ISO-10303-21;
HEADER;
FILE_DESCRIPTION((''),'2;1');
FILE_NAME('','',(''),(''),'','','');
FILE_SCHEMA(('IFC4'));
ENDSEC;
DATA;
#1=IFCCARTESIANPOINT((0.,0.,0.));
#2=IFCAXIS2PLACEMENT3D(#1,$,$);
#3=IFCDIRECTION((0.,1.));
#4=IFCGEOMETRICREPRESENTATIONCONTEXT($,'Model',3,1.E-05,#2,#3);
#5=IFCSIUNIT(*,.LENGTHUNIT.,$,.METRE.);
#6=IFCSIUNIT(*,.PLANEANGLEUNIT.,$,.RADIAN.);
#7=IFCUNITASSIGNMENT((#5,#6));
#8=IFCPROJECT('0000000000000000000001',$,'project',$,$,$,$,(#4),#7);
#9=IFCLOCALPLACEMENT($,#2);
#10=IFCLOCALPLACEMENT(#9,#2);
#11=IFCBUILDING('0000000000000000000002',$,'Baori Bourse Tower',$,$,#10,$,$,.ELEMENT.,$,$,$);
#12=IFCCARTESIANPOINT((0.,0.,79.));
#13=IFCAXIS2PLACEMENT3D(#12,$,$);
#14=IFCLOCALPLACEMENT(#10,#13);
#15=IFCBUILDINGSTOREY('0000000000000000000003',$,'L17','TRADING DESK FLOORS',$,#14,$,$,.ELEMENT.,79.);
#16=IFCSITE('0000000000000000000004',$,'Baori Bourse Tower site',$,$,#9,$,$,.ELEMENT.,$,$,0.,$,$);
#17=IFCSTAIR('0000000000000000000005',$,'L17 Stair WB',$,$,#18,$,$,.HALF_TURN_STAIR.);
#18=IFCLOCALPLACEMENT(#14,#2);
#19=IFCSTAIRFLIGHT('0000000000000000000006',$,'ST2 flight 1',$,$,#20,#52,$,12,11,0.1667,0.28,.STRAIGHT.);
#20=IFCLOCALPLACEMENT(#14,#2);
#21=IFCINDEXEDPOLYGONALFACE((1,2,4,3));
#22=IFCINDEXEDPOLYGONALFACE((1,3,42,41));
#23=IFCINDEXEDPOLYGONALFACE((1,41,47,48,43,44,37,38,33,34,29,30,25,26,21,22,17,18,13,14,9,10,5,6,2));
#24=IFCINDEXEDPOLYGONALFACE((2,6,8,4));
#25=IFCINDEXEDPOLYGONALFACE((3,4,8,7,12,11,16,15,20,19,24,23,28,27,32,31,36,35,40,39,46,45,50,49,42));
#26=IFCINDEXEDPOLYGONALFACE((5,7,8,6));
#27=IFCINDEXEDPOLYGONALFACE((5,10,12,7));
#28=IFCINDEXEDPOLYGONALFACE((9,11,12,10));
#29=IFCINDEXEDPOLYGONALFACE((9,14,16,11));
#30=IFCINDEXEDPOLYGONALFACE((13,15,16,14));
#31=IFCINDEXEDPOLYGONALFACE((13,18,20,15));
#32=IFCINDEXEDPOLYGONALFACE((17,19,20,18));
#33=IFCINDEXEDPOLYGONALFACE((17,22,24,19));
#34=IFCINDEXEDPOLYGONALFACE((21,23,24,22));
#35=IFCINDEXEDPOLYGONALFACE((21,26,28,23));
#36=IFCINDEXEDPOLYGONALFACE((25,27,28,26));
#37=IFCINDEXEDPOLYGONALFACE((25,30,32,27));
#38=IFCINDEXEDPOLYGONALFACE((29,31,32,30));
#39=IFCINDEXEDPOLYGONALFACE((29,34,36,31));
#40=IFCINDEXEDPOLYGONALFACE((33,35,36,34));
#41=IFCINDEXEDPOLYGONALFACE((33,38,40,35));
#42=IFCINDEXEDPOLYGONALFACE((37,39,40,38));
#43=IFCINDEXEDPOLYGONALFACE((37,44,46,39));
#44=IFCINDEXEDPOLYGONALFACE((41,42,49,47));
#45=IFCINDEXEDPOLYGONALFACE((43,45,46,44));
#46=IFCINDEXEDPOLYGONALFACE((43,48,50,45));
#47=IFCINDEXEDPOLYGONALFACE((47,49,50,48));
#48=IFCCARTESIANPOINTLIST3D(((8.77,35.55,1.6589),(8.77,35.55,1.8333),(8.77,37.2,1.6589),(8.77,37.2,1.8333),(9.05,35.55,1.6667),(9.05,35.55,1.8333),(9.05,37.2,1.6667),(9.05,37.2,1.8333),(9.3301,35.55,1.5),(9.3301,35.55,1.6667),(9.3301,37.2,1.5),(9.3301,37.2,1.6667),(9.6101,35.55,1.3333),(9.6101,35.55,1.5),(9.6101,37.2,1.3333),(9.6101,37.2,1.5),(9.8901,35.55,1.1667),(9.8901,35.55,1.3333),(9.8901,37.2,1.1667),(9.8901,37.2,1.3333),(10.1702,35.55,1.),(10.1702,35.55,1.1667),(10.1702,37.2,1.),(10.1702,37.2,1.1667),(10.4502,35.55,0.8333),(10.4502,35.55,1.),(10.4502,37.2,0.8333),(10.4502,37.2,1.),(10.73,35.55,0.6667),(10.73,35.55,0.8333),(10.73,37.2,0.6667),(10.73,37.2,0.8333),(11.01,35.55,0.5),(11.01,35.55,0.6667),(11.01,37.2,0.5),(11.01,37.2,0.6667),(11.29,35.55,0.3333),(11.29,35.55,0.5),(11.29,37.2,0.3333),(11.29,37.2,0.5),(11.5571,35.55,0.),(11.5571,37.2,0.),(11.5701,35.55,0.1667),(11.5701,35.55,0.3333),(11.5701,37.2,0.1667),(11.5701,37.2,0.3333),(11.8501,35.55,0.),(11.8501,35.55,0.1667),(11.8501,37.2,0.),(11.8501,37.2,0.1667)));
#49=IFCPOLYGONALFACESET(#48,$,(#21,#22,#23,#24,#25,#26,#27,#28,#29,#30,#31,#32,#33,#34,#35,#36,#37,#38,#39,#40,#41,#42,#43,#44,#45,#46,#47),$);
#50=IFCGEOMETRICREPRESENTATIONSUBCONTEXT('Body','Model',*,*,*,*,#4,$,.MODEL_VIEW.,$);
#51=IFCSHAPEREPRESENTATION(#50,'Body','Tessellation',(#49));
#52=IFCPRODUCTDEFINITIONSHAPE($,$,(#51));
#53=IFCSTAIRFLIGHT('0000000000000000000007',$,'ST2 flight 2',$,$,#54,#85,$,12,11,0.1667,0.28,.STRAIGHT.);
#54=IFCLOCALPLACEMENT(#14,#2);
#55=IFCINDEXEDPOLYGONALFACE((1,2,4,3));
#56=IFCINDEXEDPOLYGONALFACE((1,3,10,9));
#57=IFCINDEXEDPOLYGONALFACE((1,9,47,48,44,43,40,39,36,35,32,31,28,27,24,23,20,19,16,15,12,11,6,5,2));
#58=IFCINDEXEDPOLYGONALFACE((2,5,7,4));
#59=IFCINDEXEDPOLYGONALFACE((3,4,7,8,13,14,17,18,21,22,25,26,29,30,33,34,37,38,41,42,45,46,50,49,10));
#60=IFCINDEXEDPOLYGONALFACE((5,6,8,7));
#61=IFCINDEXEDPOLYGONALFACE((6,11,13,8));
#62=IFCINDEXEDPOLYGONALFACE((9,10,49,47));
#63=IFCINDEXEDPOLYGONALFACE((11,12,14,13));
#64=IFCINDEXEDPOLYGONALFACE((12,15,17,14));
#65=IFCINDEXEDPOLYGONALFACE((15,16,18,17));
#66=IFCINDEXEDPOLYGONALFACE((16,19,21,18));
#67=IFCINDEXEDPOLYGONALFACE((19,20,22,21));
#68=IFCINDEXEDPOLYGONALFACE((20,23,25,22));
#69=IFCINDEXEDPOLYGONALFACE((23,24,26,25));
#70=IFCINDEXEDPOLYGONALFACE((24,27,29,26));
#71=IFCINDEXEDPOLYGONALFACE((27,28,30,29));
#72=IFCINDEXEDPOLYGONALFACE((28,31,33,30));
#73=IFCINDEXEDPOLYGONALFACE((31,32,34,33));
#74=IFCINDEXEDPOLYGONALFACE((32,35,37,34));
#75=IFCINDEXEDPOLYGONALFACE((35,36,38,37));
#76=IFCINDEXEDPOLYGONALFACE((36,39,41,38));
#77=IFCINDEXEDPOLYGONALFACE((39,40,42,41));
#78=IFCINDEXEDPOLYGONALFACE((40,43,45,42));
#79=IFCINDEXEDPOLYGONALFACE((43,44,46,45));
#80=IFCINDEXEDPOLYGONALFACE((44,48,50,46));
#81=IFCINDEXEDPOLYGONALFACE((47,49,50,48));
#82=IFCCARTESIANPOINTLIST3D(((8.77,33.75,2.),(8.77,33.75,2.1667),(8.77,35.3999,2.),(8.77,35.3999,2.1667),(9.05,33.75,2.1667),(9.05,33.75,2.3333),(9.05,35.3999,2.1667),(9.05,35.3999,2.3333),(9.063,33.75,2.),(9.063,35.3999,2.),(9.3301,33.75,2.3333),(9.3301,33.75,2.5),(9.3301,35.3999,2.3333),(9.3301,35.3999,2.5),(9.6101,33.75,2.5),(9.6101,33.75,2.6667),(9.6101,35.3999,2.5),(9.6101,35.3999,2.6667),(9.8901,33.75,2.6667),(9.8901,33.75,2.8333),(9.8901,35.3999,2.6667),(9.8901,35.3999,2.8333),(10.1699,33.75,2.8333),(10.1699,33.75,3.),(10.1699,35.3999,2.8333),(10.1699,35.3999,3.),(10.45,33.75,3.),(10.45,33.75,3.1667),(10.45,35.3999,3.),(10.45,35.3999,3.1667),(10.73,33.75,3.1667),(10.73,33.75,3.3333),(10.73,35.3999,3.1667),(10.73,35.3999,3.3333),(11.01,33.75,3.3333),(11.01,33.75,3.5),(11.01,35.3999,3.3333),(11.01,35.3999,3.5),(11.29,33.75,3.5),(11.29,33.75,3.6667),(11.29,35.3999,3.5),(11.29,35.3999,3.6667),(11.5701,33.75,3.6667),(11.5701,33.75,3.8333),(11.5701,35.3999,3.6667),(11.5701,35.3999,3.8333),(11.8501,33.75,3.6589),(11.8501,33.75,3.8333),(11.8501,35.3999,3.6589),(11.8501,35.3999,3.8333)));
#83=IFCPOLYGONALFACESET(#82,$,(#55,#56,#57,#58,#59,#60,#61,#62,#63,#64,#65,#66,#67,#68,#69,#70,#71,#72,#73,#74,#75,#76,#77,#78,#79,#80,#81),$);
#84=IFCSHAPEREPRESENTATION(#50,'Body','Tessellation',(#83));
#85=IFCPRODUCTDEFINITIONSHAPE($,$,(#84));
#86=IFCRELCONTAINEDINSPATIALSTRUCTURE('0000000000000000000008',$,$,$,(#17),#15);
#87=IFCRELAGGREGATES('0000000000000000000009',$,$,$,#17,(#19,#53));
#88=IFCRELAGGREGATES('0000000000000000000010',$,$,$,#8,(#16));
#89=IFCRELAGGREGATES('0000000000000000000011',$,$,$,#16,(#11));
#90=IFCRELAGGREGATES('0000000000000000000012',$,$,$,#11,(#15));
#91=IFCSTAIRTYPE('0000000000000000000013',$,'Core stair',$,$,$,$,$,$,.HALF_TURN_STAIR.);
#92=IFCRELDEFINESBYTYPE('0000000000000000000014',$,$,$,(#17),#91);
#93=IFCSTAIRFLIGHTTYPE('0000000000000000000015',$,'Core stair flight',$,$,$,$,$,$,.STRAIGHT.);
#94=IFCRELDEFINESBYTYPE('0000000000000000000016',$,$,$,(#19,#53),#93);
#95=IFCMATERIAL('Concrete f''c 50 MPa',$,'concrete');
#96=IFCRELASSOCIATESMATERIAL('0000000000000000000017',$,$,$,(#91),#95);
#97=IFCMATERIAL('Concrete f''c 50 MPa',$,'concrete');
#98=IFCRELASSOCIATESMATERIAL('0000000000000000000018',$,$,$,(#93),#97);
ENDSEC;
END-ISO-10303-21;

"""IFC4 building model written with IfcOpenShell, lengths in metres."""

from ifc_helpers import new_model, si_unit, direction, frame, origin, place, context, subcontext, project, spatial, polyline, outline, extrude, material, type_object, element, aggregate, save


model = new_model("IFC4")

# Units and contexts
model_context = context("Model", 3, precision=1e-05, world=origin(), true_north=direction((0.0, 1.0)))
body_context = subcontext(model_context, "Body", "Model", "MODEL_VIEW")
ifc_project = project(units=[si_unit("LENGTHUNIT", "METRE"), si_unit("PLANEANGLEUNIT", "RADIAN")], contexts=[model_context])

# Site, building, storey
site_placement = place(None, origin())
site = spatial("IfcSite", under=ifc_project, at=site_placement, Name="Baori Bourse Tower site", CompositionType="ELEMENT", RefElevation=0.0)
building_placement = place(site_placement, origin())
building = spatial("IfcBuilding", under=site, at=building_placement, Name="Baori Bourse Tower", CompositionType="ELEMENT")
storey_placement = place(building_placement, frame((0.0, 0.0, 79.0)))
storey = spatial("IfcBuildingStorey", under=building, at=storey_placement, Name="L17", Description="TRADING DESK FLOORS", CompositionType="ELEMENT", Elevation=79.0)

# Stair, stair flights
ifc_material_1 = material(Name="Concrete f'c 50 MPa", Category="concrete")
stair_type = type_object("IfcStairType", Name="Core stair", PredefinedType="HALF_TURN_STAIR", material=ifc_material_1)
stair_placement = place(storey_placement, origin())
stair = element("IfcStair", 1, at=stair_placement, inside=storey, type_object=stair_type, Name="L17 Stair WB", PredefinedType="HALF_TURN_STAIR")
ifc_material_2 = material(Name="Concrete f'c 50 MPa", Category="concrete")
stair_flight_type = type_object("IfcStairFlightType", Name="Core stair flight", PredefinedType="STRAIGHT", material=ifc_material_2)
stair_flight_1_placement = place(storey_placement, frame((11.8501, 36.375, 0.0), z_axis=(0.0, 0.0, 1.0), x_axis=(-1.0, 0.0, 0.0)))
stair_flight_1 = element("IfcStairFlight", 2, at=stair_flight_1_placement, type_object=stair_flight_type, Name="ST2 flight 1", NumberOfRisers=12, NumberOfTreads=11, PredefinedType="STRAIGHT", RiserHeight=0.1667, TreadLength=0.28, context=body_context, shape_type="SweptSolid", body=[
    extrude(outline(polyline([(0.0, 0.0), (0.0, 0.1667), (0.28, 0.1667), (0.28, 0.3333), (0.5601, 0.3333), (0.5601, 0.5), (0.8401, 0.5), (0.8401, 0.6667), (1.1201, 0.6667), (1.1201, 0.8333), (1.3999, 0.8333), (1.3999, 1.0), (1.6799, 1.0), (1.6799, 1.1667), (1.96, 1.1667), (1.96, 1.3333), (2.24, 1.3333), (2.24, 1.5), (2.52, 1.5), (2.52, 1.6667), (2.8, 1.6667), (2.8, 1.8333), (3.0801, 1.8333), (3.0801, 2.0), (3.0801, 1.6589), (0.293, 0.0), (0.0, 0.0)])), frame((0.0, 0.825, 0.0), z_axis=(0.0, -1.0, 0.0), x_axis=(1.0, 0.0, 0.0)), (0.0, 0.0, 1.0), 1.6499),
])
stair_flight_2_placement = place(storey_placement, frame((8.77, 34.575, 2.0), z_axis=(0.0, 0.0, 1.0), x_axis=(1.0, 0.0, 0.0)))
stair_flight_2 = element("IfcStairFlight", 3, at=stair_flight_2_placement, type_object=stair_flight_type, Name="ST2 flight 2", NumberOfRisers=12, NumberOfTreads=11, PredefinedType="STRAIGHT", RiserHeight=0.1667, TreadLength=0.28, context=body_context, shape_type="SweptSolid", body=[
    extrude(outline(polyline([(0.0, 0.0), (0.0, 0.1667), (0.28, 0.1667), (0.28, 0.3333), (0.5601, 0.3333), (0.5601, 0.5), (0.8401, 0.5), (0.8401, 0.6667), (1.1201, 0.6667), (1.1201, 0.8333), (1.3999, 0.8333), (1.3999, 1.0), (1.6799, 1.0), (1.6799, 1.1667), (1.96, 1.1667), (1.96, 1.3333), (2.24, 1.3333), (2.24, 1.5), (2.52, 1.5), (2.52, 1.6667), (2.8, 1.6667), (2.8, 1.8333), (3.0801, 1.8333), (3.0801, 2.0), (3.0801, 1.6589), (0.293, 0.0), (0.0, 0.0)])), frame((0.0, 0.825, 0.0), z_axis=(0.0, -1.0, 0.0), x_axis=(1.0, 0.0, 0.0)), (0.0, 0.0, 1.0), 1.6499),
])
aggregate(stair, [stair_flight_1, stair_flight_2])

save(model, "model.ifc")
